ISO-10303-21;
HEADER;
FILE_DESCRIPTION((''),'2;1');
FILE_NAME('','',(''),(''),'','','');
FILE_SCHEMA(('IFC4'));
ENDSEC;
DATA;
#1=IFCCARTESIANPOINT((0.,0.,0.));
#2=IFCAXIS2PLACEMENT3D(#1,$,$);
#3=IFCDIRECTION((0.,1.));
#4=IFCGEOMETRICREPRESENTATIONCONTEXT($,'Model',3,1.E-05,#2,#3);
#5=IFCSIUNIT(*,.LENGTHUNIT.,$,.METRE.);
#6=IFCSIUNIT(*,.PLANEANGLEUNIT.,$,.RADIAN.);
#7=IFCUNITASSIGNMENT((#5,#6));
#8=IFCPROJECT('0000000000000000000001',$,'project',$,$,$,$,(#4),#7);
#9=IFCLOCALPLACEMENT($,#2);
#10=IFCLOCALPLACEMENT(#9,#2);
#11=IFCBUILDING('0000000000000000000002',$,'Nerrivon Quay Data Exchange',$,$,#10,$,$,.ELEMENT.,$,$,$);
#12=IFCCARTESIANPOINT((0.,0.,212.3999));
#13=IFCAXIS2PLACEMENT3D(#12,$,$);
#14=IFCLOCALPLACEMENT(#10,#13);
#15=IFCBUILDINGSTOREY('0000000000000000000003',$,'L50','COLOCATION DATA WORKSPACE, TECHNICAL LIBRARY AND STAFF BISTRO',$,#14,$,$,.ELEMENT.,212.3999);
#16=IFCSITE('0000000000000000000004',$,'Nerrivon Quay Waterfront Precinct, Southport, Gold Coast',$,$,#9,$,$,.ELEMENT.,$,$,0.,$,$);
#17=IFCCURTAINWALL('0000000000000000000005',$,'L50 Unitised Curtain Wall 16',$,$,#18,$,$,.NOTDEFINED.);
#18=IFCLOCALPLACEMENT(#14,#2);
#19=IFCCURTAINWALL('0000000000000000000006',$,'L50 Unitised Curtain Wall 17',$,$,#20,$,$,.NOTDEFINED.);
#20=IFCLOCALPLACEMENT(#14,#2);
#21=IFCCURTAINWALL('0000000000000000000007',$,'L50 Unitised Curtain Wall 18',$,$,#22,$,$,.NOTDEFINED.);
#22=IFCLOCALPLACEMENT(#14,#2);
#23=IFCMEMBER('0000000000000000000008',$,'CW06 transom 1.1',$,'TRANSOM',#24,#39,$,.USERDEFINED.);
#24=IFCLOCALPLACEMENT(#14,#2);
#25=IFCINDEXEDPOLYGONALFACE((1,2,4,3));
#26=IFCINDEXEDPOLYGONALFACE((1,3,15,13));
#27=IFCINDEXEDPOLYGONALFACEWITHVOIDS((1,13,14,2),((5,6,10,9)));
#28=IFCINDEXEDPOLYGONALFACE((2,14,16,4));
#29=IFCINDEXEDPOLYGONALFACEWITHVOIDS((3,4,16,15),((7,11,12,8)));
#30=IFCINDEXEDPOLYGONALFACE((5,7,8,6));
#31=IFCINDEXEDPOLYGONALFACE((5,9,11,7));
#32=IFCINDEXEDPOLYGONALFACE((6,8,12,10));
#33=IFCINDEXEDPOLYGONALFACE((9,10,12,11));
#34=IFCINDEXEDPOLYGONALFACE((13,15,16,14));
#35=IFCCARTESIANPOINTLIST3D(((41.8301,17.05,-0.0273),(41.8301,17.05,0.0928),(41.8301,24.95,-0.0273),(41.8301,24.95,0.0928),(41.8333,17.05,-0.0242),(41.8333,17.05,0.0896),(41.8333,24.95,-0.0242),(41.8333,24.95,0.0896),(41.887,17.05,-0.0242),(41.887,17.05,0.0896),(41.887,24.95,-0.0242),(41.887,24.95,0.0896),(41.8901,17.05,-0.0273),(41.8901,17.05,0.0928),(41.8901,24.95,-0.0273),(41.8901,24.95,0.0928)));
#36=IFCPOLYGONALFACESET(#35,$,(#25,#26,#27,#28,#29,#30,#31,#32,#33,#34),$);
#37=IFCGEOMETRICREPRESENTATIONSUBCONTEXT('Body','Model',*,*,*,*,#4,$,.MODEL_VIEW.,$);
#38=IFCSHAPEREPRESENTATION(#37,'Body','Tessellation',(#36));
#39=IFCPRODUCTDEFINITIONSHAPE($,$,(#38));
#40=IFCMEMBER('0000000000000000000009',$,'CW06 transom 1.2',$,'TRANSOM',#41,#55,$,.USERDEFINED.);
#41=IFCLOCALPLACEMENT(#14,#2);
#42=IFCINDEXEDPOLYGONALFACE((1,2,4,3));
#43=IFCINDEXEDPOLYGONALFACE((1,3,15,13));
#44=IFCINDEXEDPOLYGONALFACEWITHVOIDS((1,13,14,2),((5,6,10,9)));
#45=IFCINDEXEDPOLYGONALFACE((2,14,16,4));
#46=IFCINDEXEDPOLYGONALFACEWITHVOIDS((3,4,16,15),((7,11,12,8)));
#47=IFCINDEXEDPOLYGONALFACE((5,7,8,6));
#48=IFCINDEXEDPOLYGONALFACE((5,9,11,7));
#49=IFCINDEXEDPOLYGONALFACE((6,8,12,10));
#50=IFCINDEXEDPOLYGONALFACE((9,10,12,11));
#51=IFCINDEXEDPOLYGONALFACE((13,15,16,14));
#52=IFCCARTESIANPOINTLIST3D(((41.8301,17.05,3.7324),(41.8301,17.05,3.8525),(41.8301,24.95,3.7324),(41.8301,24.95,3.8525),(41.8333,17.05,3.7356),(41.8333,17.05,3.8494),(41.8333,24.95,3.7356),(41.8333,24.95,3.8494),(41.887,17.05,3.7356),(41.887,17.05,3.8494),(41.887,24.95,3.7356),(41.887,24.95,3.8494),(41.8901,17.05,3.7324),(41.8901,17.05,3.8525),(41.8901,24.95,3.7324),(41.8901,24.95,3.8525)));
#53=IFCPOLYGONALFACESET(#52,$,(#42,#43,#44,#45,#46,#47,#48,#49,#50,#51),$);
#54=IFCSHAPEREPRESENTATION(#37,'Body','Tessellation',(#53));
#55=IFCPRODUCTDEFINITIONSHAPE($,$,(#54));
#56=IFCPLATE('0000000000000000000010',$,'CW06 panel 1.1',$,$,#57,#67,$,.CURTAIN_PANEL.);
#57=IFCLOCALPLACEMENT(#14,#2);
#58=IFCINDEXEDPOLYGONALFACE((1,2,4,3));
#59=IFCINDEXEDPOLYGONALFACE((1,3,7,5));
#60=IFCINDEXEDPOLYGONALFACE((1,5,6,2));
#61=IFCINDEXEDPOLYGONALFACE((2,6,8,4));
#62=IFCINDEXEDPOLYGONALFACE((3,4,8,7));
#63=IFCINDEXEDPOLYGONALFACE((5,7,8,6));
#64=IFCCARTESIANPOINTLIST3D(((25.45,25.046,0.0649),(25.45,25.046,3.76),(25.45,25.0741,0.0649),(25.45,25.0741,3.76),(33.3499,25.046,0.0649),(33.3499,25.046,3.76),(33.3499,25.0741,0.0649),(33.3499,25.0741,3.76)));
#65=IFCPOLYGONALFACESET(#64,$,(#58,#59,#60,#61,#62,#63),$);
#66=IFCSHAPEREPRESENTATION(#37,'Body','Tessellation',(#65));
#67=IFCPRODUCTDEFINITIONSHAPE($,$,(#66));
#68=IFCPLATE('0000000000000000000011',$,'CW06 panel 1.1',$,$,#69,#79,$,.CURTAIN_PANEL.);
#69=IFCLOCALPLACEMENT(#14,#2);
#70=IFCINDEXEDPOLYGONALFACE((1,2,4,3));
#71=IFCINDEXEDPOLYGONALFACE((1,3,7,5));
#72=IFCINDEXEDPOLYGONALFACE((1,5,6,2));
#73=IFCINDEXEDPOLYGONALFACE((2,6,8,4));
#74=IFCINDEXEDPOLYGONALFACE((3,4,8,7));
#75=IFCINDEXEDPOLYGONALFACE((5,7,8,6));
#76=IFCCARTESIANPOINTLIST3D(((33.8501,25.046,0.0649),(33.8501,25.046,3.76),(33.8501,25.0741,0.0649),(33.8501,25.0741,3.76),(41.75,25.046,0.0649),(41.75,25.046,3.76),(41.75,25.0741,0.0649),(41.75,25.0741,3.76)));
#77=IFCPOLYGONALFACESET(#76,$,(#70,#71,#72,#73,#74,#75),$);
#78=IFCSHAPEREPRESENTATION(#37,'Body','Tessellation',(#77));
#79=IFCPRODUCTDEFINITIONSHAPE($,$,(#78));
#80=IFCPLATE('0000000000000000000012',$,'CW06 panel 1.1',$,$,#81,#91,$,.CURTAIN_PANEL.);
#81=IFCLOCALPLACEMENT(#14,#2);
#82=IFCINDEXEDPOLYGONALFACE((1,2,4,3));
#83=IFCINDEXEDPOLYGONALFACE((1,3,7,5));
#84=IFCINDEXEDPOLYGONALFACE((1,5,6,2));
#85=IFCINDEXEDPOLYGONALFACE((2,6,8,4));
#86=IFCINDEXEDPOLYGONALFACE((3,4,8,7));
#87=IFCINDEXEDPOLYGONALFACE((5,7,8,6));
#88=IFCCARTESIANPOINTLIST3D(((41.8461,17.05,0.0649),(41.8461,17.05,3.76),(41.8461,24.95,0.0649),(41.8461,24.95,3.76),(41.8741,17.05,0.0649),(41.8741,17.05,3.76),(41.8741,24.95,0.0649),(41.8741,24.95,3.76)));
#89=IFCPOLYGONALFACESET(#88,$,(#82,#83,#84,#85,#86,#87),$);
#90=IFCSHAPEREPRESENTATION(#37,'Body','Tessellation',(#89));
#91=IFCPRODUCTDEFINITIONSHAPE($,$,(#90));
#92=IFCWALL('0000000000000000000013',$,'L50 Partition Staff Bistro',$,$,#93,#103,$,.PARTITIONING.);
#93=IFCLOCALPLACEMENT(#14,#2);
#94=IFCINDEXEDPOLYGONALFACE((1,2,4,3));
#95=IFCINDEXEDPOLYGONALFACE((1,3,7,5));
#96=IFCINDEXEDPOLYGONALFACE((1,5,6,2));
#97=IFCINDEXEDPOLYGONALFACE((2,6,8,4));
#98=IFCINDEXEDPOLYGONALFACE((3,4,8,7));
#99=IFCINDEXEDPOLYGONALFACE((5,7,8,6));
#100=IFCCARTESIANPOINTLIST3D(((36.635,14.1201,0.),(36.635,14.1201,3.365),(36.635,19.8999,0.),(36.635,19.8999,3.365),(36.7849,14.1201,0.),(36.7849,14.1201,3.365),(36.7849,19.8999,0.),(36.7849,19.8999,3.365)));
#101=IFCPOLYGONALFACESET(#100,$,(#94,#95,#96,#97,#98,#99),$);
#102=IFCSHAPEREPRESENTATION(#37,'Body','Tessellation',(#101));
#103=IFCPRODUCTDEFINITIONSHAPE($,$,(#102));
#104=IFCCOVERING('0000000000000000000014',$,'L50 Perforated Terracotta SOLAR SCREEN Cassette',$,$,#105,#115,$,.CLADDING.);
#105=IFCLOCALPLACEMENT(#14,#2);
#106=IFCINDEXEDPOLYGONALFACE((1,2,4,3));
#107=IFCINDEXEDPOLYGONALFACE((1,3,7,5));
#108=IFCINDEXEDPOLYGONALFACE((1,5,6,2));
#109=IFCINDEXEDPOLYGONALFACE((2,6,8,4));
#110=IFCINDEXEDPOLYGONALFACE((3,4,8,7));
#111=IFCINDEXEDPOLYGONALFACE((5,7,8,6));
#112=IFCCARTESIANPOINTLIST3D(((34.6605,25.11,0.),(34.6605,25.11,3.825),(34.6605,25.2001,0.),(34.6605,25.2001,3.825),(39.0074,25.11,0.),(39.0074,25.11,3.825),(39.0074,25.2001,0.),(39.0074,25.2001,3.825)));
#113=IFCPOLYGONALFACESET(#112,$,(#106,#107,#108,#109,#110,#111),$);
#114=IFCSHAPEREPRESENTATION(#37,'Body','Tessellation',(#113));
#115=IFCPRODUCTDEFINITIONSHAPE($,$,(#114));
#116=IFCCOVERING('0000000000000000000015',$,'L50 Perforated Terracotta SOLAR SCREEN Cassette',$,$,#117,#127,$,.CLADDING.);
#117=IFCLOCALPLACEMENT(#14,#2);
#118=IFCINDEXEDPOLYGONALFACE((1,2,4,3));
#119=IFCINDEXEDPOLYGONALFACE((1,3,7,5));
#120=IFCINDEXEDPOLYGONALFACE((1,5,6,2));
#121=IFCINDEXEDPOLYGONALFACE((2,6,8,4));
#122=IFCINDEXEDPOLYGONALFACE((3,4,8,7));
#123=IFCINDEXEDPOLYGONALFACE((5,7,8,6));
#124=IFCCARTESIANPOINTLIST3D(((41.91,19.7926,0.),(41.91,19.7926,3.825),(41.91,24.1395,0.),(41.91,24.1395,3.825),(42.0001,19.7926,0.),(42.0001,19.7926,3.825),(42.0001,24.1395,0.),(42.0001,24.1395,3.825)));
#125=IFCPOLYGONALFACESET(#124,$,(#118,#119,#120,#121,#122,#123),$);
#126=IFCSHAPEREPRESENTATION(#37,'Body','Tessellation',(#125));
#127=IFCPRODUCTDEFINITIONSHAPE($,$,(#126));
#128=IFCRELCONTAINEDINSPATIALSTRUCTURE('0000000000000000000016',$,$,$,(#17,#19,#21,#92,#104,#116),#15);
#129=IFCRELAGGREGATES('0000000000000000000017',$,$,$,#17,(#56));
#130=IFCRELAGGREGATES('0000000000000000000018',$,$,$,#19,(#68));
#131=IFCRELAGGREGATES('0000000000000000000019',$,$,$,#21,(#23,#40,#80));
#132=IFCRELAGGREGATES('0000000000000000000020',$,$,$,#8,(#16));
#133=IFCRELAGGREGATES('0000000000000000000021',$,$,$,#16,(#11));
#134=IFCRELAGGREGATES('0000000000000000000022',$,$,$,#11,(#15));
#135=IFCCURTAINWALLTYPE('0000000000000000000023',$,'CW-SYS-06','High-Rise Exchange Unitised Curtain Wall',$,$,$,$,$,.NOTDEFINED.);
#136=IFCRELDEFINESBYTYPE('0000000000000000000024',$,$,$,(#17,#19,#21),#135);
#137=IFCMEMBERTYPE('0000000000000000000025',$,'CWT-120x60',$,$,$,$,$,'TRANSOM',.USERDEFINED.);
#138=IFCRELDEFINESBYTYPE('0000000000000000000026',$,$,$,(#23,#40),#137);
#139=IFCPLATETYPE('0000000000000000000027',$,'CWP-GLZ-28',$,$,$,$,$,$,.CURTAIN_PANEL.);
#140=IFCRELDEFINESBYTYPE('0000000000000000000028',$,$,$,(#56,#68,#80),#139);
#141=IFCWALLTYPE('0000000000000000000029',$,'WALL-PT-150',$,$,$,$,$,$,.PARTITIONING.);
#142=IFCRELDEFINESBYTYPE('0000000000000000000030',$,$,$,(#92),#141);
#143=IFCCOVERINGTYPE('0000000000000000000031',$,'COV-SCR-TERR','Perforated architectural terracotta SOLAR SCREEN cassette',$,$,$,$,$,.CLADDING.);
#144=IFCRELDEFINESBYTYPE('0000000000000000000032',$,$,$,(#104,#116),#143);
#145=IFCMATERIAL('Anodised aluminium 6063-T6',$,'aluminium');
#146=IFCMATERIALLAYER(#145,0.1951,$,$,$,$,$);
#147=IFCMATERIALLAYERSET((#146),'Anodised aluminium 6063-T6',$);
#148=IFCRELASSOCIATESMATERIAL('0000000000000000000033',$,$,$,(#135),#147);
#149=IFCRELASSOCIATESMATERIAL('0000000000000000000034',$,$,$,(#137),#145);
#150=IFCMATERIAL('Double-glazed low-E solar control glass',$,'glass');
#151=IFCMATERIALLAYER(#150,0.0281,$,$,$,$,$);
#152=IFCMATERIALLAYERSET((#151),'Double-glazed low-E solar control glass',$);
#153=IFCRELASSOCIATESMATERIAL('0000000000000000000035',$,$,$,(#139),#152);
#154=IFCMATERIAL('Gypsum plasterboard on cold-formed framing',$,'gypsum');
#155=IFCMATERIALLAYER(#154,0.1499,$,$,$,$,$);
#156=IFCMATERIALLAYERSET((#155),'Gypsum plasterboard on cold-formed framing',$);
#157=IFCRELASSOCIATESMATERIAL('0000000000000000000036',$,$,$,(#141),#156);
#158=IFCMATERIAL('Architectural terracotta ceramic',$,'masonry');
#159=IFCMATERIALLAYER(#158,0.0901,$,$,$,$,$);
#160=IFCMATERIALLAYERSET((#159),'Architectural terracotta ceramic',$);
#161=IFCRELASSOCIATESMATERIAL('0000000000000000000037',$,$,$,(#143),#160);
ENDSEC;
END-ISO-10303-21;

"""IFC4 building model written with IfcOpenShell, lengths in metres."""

from ifc_helpers import new_model, si_unit, direction, frame, frame_2d, origin, origin_2d, place, context, subcontext, project, spatial, rectangle, hollow_rectangle, extrude, material, layer, layer_set, material_profile, profile_set, type_object, element, aggregate, save


model = new_model("IFC4")

# Units and contexts
model_context = context("Model", 3, precision=1e-05, world=origin(), true_north=direction((0.0, 1.0)))
body_context = subcontext(model_context, "Body", "Model", "MODEL_VIEW")
ifc_project = project(units=[si_unit("LENGTHUNIT", "METRE"), si_unit("PLANEANGLEUNIT", "RADIAN")], contexts=[model_context])

# Site, building, storey
site_placement = place(None, origin())
site = spatial("IfcSite", under=ifc_project, at=site_placement, Name="Nerrivon Quay Waterfront Precinct, Southport, Gold Coast", CompositionType="ELEMENT", RefElevation=0.0)
building_placement = place(site_placement, origin())
building = spatial("IfcBuilding", under=site, at=building_placement, Name="Nerrivon Quay Data Exchange", CompositionType="ELEMENT")
storey_placement = place(building_placement, frame((0.0, 0.0, 212.3999)))
storey = spatial("IfcBuildingStorey", under=building, at=storey_placement, Name="L50", Description="COLOCATION DATA WORKSPACE, TECHNICAL LIBRARY AND STAFF BISTRO", CompositionType="ELEMENT", Elevation=212.3999)

# Curtain wall
ifc_material_1 = material(Name="Anodised aluminium 6063-T6", Category="aluminium")
ifc_layer_1 = layer(ifc_material_1, 0.1951)
ifc_layer_set_1 = layer_set([ifc_layer_1], Name="Anodised aluminium 6063-T6")
curtain_wall_type = type_object("IfcCurtainWallType", Name="CW-SYS-06", Description="High-Rise Exchange Unitised Curtain Wall", PredefinedType="NOTDEFINED", material=ifc_layer_set_1)
curtain_wall_1_placement = place(storey_placement, origin())
curtain_wall_1 = element("IfcCurtainWall", 1, at=curtain_wall_1_placement, inside=storey, type_object=curtain_wall_type, Name="L50 Unitised Curtain Wall 16", PredefinedType="NOTDEFINED")

# Curtain walls
curtain_wall_2_placement = place(storey_placement, origin())
curtain_wall_2 = element("IfcCurtainWall", 2, at=curtain_wall_2_placement, inside=storey, type_object=curtain_wall_type, Name="L50 Unitised Curtain Wall 17", PredefinedType="NOTDEFINED")
curtain_wall_3_placement = place(storey_placement, origin())
curtain_wall_3 = element("IfcCurtainWall", 3, at=curtain_wall_3_placement, inside=storey, type_object=curtain_wall_type, Name="L50 Unitised Curtain Wall 18", PredefinedType="NOTDEFINED")

# Members
ifc_material_profile_1 = material_profile(ifc_material_1, hollow_rectangle(XDim=0.0601, YDim=0.1201, WallThickness=0.0032, at=origin_2d()), Name="ALU-TRAN-120x60")
ifc_profile_set_1 = profile_set([ifc_material_profile_1], Name="Anodised aluminium 6063-T6")
member_type_1 = type_object("IfcMemberType", Name="CWT-120x60", ElementType="TRANSOM", PredefinedType="USERDEFINED", material=ifc_profile_set_1)
member_1_placement = place(storey_placement, frame((41.8601, 24.95, 0.0327), z_axis=(0.0, -1.0, 0.0), x_axis=(1.0, 0.0, 0.0)))
member_1 = element("IfcMember", 4, at=member_1_placement, type_object=member_type_1, Name="CW06 transom 1.1", ObjectType="TRANSOM", PredefinedType="USERDEFINED", context=body_context, shape_type="SweptSolid", body=[
    extrude(hollow_rectangle(XDim=0.0601, YDim=0.1201, WallThickness=0.0032, at=origin_2d()), origin(), (0.0, 0.0, 1.0), 7.8999),
])
member_2_placement = place(storey_placement, frame((41.8601, 24.95, 3.7925), z_axis=(0.0, -1.0, 0.0), x_axis=(1.0, 0.0, 0.0)))
member_2 = element("IfcMember", 5, at=member_2_placement, type_object=member_type_1, Name="CW06 transom 1.2", ObjectType="TRANSOM", PredefinedType="USERDEFINED", context=body_context, shape_type="SweptSolid", body=[
    extrude(hollow_rectangle(XDim=0.0601, YDim=0.1201, WallThickness=0.0032, at=origin_2d()), origin(), (0.0, 0.0, 1.0), 7.8999),
])

# Plates
ifc_material_2 = material(Name="Double-glazed low-E solar control glass", Category="glass")
ifc_layer_2 = layer(ifc_material_2, 0.0281)
ifc_layer_set_2 = layer_set([ifc_layer_2], Name="Double-glazed low-E solar control glass")
plate_type = type_object("IfcPlateType", Name="CWP-GLZ-28", PredefinedType="CURTAIN_PANEL", material=ifc_layer_set_2)
plate_1_placement = place(storey_placement, frame((29.3999, 25.0601, 0.0649), z_axis=(0.0, 0.0, 1.0), x_axis=(1.0, 0.0, 0.0)))
plate_1 = element("IfcPlate", 6, at=plate_1_placement, type_object=plate_type, Name="CW06 panel 1.1", PredefinedType="CURTAIN_PANEL", context=body_context, shape_type="SweptSolid", body=[
    extrude(rectangle(XDim=7.8999, YDim=0.0281, at=origin_2d()), origin(), (0.0, 0.0, 1.0), 3.6951),
])
aggregate(curtain_wall_1, [plate_1])
plate_2_placement = place(storey_placement, frame((37.8, 25.0601, 0.0649), z_axis=(0.0, 0.0, 1.0), x_axis=(1.0, 0.0, 0.0)))
plate_2 = element("IfcPlate", 7, at=plate_2_placement, type_object=plate_type, Name="CW06 panel 1.1", PredefinedType="CURTAIN_PANEL", context=body_context, shape_type="SweptSolid", body=[
    extrude(rectangle(XDim=7.8999, YDim=0.0281, at=origin_2d()), origin(), (0.0, 0.0, 1.0), 3.6951),
])
aggregate(curtain_wall_2, [plate_2])
plate_3_placement = place(storey_placement, frame((41.8601, 21.0, 0.0649), z_axis=(0.0, 0.0, 1.0), x_axis=(0.0, -1.0, 0.0)))
plate_3 = element("IfcPlate", 8, at=plate_3_placement, type_object=plate_type, Name="CW06 panel 1.1", PredefinedType="CURTAIN_PANEL", context=body_context, shape_type="SweptSolid", body=[
    extrude(rectangle(XDim=7.8999, YDim=0.0281, at=origin_2d()), origin(), (0.0, 0.0, 1.0), 3.6951),
])
aggregate(curtain_wall_3, [member_1, member_2, plate_3])

# Wall
ifc_material_3 = material(Name="Gypsum plasterboard on cold-formed framing", Category="gypsum")
ifc_layer_3 = layer(ifc_material_3, 0.1499)
ifc_layer_set_3 = layer_set([ifc_layer_3], Name="Gypsum plasterboard on cold-formed framing")
wall_type = type_object("IfcWallType", Name="WALL-PT-150", PredefinedType="PARTITIONING", material=ifc_layer_set_3)
wall_placement = place(storey_placement, frame((36.71, 19.8999, 0.0), z_axis=(0.0, 0.0, 1.0), x_axis=(0.0, -1.0, 0.0)))
element("IfcWall", 9, at=wall_placement, inside=storey, type_object=wall_type, Name="L50 Partition Staff Bistro", PredefinedType="PARTITIONING", context=body_context, shape_type="SweptSolid", body=[
    extrude(rectangle(XDim=5.7798, YDim=0.1499, at=frame_2d((2.8899, 0.0))), origin(), (0.0, 0.0, 1.0), 3.365),
])

# Coverings
ifc_material_4 = material(Name="Architectural terracotta ceramic", Category="masonry")
ifc_layer_4 = layer(ifc_material_4, 0.0901)
ifc_layer_set_4 = layer_set([ifc_layer_4], Name="Architectural terracotta ceramic")
covering_type = type_object("IfcCoveringType", Name="COV-SCR-TERR", Description="Perforated architectural terracotta SOLAR SCREEN cassette", PredefinedType="CLADDING", material=ifc_layer_set_4)
for number, where, z_axis, x_axis, name in (
    (10, (36.834, 25.155, 0.0), (0.0, 0.0, 1.0), (1.0, 0.0, 0.0), "L50 Perforated Terracotta SOLAR SCREEN Cassette"),
    (11, (41.9551, 21.9661, 0.0), (0.0, 0.0, 1.0), (0.0, -1.0, 0.0), "L50 Perforated Terracotta SOLAR SCREEN Cassette"),
):
    element("IfcCovering", number, at=place(storey_placement, frame(where, z_axis=z_axis, x_axis=x_axis)), inside=storey, type_object=covering_type, Name=name, PredefinedType="CLADDING", context=body_context, shape_type="SweptSolid", body=[
        extrude(rectangle(XDim=4.3469, YDim=0.0901, at=origin_2d()), origin(), (0.0, 0.0, 1.0), 3.825),
    ])

save(model, "model.ifc")
